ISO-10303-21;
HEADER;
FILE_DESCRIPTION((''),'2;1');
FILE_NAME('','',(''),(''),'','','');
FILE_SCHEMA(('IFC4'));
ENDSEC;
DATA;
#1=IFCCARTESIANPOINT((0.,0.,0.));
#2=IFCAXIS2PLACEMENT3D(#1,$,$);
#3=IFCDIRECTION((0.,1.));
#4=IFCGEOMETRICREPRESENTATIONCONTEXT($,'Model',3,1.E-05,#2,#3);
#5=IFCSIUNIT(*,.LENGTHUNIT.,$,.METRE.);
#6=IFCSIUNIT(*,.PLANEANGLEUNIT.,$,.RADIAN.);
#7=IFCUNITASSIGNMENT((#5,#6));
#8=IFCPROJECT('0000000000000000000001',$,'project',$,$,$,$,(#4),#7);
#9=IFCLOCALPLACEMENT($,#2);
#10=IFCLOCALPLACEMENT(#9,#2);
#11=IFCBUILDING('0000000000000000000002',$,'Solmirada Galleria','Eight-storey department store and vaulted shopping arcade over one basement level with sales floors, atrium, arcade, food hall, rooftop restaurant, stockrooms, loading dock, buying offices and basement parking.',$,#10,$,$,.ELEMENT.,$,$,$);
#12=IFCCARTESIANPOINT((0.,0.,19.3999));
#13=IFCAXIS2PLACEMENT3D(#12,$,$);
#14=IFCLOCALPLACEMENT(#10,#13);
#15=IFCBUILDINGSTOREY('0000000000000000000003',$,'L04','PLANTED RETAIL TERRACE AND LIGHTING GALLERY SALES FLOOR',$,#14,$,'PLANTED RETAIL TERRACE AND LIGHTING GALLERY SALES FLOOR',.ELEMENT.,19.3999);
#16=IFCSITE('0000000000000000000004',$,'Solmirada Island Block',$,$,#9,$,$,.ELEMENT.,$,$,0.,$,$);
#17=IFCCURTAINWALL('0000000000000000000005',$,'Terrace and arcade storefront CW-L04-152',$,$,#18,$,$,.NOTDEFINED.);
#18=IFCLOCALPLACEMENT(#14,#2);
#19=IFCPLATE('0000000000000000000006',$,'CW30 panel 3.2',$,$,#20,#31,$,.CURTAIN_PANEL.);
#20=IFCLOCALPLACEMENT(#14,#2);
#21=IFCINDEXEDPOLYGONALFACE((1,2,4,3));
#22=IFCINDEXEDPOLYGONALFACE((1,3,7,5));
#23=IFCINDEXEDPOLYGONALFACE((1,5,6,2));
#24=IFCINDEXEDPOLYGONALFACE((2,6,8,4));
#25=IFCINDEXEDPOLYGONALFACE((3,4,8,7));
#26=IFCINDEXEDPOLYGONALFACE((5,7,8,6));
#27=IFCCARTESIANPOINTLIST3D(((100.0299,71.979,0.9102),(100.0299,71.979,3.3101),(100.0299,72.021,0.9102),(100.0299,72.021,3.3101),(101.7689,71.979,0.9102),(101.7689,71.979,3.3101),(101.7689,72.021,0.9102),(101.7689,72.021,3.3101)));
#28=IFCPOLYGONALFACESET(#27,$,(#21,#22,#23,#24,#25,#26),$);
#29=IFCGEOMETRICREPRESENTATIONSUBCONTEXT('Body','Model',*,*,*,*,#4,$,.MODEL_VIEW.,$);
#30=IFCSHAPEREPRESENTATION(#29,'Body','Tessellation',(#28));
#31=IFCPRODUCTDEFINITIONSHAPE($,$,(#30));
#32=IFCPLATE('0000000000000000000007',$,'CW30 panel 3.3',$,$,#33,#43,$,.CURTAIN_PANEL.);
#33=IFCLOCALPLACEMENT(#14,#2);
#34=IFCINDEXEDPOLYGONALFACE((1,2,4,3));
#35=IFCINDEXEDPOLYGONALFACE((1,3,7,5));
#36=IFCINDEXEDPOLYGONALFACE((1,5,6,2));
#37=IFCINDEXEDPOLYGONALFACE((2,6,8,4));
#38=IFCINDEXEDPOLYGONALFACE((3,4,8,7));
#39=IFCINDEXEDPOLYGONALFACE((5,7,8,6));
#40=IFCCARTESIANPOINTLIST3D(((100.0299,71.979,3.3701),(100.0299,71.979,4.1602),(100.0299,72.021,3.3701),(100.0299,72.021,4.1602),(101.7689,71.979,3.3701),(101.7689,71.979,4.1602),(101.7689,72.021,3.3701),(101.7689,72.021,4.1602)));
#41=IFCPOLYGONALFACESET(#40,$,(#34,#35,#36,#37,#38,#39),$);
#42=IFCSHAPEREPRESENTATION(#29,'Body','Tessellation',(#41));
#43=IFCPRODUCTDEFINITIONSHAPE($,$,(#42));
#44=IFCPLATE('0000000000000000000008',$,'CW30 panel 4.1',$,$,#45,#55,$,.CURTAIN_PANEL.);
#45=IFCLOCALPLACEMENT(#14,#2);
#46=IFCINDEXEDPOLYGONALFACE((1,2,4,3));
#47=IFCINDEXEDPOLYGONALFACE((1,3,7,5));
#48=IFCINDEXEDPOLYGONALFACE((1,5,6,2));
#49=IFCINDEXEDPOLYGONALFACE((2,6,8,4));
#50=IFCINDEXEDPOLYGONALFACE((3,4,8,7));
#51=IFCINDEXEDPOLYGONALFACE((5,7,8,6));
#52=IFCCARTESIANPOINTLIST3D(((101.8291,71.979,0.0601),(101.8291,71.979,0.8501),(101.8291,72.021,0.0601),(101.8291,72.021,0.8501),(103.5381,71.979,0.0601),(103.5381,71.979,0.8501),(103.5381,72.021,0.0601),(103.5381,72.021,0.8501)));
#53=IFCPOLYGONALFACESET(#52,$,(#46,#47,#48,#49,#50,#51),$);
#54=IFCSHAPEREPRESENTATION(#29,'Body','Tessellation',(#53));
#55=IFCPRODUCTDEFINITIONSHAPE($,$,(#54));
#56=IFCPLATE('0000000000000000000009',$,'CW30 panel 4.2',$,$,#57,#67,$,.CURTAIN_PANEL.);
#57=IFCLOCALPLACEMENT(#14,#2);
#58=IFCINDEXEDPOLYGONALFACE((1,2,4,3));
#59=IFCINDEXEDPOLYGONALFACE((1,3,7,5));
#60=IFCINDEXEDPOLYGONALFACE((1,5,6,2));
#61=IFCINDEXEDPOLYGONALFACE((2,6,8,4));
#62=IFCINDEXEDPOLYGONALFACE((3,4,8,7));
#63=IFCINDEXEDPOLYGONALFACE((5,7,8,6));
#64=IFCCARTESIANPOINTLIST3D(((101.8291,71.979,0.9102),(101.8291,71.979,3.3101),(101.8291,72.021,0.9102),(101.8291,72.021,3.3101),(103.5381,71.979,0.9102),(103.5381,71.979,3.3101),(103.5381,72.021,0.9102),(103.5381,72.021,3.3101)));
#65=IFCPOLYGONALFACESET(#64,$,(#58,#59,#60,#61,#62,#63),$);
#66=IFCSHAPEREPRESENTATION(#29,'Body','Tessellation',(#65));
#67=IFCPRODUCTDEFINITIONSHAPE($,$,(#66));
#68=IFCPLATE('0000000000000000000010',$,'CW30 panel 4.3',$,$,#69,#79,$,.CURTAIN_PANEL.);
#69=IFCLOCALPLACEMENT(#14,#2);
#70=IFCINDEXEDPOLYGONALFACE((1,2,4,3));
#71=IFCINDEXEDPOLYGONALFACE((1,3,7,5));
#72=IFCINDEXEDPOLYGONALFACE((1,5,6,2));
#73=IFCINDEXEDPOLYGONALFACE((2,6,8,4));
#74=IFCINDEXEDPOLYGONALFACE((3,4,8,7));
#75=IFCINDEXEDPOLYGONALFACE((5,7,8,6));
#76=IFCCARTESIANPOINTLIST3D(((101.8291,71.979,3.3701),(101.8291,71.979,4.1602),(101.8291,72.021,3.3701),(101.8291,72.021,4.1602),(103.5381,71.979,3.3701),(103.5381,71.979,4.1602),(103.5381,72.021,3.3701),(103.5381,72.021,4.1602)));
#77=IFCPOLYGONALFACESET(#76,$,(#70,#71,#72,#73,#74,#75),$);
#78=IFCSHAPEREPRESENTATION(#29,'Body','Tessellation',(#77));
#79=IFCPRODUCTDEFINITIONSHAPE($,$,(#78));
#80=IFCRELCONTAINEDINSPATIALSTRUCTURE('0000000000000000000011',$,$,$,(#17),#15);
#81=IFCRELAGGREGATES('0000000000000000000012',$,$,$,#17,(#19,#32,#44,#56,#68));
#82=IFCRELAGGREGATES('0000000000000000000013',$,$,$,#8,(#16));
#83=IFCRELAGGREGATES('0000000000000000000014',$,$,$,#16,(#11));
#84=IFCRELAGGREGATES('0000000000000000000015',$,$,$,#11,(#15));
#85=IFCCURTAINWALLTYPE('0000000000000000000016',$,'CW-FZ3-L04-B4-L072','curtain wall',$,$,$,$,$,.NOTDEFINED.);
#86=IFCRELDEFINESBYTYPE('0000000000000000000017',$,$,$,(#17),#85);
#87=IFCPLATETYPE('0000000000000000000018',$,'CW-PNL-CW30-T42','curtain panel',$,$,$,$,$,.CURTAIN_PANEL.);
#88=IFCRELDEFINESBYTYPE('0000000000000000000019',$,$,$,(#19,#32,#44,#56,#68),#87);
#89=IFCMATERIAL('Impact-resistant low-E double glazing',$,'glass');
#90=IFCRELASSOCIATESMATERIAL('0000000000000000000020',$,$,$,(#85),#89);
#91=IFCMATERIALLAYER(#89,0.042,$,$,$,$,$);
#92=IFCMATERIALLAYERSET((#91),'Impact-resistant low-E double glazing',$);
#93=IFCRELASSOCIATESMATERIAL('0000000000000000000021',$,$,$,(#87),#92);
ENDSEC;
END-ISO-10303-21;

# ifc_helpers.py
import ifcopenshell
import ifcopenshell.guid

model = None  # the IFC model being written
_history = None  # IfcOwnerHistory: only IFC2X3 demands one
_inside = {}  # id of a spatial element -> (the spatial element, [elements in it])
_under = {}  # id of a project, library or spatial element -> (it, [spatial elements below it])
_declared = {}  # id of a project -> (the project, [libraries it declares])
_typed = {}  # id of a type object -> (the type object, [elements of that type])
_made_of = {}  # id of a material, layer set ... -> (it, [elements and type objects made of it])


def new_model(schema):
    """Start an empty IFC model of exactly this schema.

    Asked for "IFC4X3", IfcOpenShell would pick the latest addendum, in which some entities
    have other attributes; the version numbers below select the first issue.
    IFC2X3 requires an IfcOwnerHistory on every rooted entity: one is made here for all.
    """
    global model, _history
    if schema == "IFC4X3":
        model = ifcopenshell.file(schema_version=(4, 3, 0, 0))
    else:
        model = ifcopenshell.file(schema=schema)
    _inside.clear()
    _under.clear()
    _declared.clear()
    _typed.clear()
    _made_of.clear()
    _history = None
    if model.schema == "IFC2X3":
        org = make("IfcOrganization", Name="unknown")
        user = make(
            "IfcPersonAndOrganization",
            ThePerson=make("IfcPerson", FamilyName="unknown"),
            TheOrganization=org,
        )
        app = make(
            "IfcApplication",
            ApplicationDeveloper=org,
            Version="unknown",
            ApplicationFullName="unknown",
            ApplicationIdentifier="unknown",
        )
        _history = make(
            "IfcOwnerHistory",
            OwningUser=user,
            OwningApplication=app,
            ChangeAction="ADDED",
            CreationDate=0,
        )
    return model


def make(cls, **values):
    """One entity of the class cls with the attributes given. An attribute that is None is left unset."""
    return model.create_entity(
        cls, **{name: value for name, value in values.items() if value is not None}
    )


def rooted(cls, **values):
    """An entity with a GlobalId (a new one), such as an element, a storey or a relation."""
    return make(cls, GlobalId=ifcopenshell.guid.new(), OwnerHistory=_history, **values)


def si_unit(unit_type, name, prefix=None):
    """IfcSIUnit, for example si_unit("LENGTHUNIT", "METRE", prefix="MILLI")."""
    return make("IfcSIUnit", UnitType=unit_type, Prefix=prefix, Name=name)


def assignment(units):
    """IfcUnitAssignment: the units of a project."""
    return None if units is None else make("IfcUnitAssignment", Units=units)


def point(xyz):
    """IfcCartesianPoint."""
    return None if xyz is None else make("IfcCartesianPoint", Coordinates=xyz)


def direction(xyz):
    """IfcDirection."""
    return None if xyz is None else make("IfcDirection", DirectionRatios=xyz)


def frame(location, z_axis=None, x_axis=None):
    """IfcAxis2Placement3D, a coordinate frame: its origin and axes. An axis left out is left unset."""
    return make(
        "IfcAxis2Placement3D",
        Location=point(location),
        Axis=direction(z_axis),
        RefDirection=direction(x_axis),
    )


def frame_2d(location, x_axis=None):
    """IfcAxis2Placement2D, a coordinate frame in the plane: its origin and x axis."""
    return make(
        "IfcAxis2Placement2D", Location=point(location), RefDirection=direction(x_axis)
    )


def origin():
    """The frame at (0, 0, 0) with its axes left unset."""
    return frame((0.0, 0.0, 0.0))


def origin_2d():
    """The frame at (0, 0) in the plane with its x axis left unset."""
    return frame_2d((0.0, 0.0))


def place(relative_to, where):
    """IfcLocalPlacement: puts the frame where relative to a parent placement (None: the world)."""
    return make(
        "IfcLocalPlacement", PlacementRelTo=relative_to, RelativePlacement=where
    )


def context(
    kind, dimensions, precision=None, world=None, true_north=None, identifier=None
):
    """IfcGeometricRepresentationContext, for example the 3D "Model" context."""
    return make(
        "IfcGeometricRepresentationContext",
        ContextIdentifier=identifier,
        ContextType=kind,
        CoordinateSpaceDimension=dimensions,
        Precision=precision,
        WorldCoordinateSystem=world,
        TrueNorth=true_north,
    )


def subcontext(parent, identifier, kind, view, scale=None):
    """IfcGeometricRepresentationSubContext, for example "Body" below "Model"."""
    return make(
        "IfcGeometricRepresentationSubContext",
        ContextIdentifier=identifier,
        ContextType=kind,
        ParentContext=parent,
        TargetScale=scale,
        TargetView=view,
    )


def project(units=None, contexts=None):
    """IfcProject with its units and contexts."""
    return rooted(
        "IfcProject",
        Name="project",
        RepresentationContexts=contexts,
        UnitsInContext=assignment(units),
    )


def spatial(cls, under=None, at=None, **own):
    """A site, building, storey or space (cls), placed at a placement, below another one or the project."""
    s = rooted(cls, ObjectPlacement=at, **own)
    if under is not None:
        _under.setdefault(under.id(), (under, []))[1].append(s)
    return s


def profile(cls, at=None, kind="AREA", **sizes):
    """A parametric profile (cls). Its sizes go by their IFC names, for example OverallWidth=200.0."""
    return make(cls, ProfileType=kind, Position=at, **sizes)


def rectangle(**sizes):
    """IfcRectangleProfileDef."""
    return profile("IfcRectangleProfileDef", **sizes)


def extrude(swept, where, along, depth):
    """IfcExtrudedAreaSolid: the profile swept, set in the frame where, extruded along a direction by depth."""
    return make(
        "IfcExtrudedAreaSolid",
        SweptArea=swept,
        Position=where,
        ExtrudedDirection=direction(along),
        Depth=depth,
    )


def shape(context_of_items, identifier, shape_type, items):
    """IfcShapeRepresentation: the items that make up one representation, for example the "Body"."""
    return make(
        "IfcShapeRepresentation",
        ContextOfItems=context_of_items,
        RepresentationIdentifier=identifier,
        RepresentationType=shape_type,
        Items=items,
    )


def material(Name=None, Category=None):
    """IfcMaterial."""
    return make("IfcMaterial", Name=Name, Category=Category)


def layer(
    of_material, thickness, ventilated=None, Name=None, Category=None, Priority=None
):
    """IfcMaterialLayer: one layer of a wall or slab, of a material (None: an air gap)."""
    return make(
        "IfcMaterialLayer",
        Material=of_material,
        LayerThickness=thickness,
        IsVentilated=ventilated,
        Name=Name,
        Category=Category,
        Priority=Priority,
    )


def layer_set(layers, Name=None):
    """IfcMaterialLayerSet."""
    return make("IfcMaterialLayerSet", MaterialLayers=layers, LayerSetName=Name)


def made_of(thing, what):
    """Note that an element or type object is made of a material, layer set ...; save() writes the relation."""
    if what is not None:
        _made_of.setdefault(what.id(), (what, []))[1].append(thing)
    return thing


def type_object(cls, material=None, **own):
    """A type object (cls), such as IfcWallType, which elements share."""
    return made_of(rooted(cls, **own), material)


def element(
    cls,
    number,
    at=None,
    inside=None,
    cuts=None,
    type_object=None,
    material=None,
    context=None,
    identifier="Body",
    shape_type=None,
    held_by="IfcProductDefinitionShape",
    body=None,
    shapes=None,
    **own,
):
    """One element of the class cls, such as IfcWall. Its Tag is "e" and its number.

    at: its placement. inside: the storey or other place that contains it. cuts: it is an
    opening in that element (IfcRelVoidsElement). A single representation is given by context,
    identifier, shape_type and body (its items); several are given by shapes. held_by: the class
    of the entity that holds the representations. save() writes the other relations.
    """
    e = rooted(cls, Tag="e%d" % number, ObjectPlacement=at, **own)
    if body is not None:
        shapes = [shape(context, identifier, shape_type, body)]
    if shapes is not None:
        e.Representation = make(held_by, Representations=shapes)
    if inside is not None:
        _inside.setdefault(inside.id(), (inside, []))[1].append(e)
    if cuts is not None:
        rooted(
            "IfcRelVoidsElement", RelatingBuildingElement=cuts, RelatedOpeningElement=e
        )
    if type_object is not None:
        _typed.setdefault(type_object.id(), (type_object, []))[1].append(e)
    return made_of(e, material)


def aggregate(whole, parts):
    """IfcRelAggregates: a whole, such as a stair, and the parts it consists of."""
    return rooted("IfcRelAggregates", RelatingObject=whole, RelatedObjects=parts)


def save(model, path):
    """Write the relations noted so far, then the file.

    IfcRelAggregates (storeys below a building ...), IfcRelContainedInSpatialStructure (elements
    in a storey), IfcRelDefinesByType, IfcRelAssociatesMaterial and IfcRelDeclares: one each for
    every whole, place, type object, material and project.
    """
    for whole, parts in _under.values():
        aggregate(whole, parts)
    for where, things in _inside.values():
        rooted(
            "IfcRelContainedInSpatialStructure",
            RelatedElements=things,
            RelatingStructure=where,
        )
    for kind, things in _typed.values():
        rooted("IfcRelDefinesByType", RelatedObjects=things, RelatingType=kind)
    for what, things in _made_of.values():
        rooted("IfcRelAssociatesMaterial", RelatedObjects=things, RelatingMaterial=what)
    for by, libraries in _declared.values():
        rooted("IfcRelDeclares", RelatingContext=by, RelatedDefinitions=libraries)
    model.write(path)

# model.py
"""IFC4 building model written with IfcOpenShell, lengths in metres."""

from ifc_helpers import new_model, si_unit, direction, frame, origin, origin_2d, place, context, subcontext, project, spatial, rectangle, extrude, material, layer, layer_set, type_object, element, aggregate, save


model = new_model("IFC4")

# Units and contexts
model_context = context("Model", 3, precision=1e-05, world=origin(), true_north=direction((0.0, 1.0)))
body_context = subcontext(model_context, "Body", "Model", "MODEL_VIEW")
ifc_project = project(units=[si_unit("LENGTHUNIT", "METRE"), si_unit("PLANEANGLEUNIT", "RADIAN")], contexts=[model_context])

# Site, building, storey
site_placement = place(None, origin())
site = spatial("IfcSite", under=ifc_project, at=site_placement, Name="Solmirada Island Block", CompositionType="ELEMENT", RefElevation=0.0)
building_placement = place(site_placement, origin())
building = spatial("IfcBuilding", under=site, at=building_placement, Name="Solmirada Galleria", Description="Eight-storey department store and vaulted shopping arcade over one basement level with sales floors, atrium, arcade, food hall, rooftop restaurant, stockrooms, loading dock, buying offices and basement parking.", CompositionType="ELEMENT")
storey_placement = place(building_placement, frame((0.0, 0.0, 19.3999)))
storey = spatial("IfcBuildingStorey", under=building, at=storey_placement, Name="L04", Description="PLANTED RETAIL TERRACE AND LIGHTING GALLERY SALES FLOOR", LongName="PLANTED RETAIL TERRACE AND LIGHTING GALLERY SALES FLOOR", CompositionType="ELEMENT", Elevation=19.3999)

# Curtain wall, plates
ifc_material_1 = material(Name="Impact-resistant low-E double glazing", Category="glass")
curtain_wall_type = type_object("IfcCurtainWallType", Name="CW-FZ3-L04-B4-L072", Description="curtain wall", PredefinedType="NOTDEFINED", material=ifc_material_1)
curtain_wall_placement = place(storey_placement, origin())
curtain_wall = element("IfcCurtainWall", 1, at=curtain_wall_placement, inside=storey, type_object=curtain_wall_type, Name="Terrace and arcade storefront CW-L04-152", PredefinedType="NOTDEFINED")
ifc_layer = layer(ifc_material_1, 0.042)
ifc_layer_set = layer_set([ifc_layer], Name="Impact-resistant low-E double glazing")
plate_type = type_object("IfcPlateType", Name="CW-PNL-CW30-T42", Description="curtain panel", PredefinedType="CURTAIN_PANEL", material=ifc_layer_set)
plate_1_placement = place(storey_placement, frame((100.8994, 72.0, 0.9102), z_axis=(0.0, 0.0, 1.0), x_axis=(1.0, 0.0, 0.0)))
plate_1 = element("IfcPlate", 2, at=plate_1_placement, type_object=plate_type, Name="CW30 panel 3.2", PredefinedType="CURTAIN_PANEL", context=body_context, shape_type="SweptSolid", body=[
    extrude(rectangle(XDim=1.739, YDim=0.042, at=origin_2d()), origin(), (0.0, 0.0, 1.0), 2.3999),
])
plate_2_placement = place(storey_placement, frame((100.8994, 72.0, 3.3701), z_axis=(0.0, 0.0, 1.0), x_axis=(1.0, 0.0, 0.0)))
plate_2 = element("IfcPlate", 3, at=plate_2_placement, type_object=plate_type, Name="CW30 panel 3.3", PredefinedType="CURTAIN_PANEL", context=body_context, shape_type="SweptSolid", body=[
    extrude(rectangle(XDim=1.739, YDim=0.042, at=origin_2d()), origin(), (0.0, 0.0, 1.0), 0.79),
])
plate_3_placement = place(storey_placement, frame((102.6836, 72.0, 0.0601), z_axis=(0.0, 0.0, 1.0), x_axis=(1.0, 0.0, 0.0)))
plate_3 = element("IfcPlate", 4, at=plate_3_placement, type_object=plate_type, Name="CW30 panel 4.1", PredefinedType="CURTAIN_PANEL", context=body_context, shape_type="SweptSolid", body=[
    extrude(rectangle(XDim=1.709, YDim=0.042, at=origin_2d()), origin(), (0.0, 0.0, 1.0), 0.79),
])
plate_4_placement = place(storey_placement, frame((102.6836, 72.0, 0.9102), z_axis=(0.0, 0.0, 1.0), x_axis=(1.0, 0.0, 0.0)))
plate_4 = element("IfcPlate", 5, at=plate_4_placement, type_object=plate_type, Name="CW30 panel 4.2", PredefinedType="CURTAIN_PANEL", context=body_context, shape_type="SweptSolid", body=[
    extrude(rectangle(XDim=1.709, YDim=0.042, at=origin_2d()), origin(), (0.0, 0.0, 1.0), 2.3999),
])
plate_5_placement = place(storey_placement, frame((102.6836, 72.0, 3.3701), z_axis=(0.0, 0.0, 1.0), x_axis=(1.0, 0.0, 0.0)))
plate_5 = element("IfcPlate", 6, at=plate_5_placement, type_object=plate_type, Name="CW30 panel 4.3", PredefinedType="CURTAIN_PANEL", context=body_context, shape_type="SweptSolid", body=[
    extrude(rectangle(XDim=1.709, YDim=0.042, at=origin_2d()), origin(), (0.0, 0.0, 1.0), 0.79),
])
aggregate(curtain_wall, [plate_1, plate_2, plate_3, plate_4, plate_5])

save(model, "model.ifc")
